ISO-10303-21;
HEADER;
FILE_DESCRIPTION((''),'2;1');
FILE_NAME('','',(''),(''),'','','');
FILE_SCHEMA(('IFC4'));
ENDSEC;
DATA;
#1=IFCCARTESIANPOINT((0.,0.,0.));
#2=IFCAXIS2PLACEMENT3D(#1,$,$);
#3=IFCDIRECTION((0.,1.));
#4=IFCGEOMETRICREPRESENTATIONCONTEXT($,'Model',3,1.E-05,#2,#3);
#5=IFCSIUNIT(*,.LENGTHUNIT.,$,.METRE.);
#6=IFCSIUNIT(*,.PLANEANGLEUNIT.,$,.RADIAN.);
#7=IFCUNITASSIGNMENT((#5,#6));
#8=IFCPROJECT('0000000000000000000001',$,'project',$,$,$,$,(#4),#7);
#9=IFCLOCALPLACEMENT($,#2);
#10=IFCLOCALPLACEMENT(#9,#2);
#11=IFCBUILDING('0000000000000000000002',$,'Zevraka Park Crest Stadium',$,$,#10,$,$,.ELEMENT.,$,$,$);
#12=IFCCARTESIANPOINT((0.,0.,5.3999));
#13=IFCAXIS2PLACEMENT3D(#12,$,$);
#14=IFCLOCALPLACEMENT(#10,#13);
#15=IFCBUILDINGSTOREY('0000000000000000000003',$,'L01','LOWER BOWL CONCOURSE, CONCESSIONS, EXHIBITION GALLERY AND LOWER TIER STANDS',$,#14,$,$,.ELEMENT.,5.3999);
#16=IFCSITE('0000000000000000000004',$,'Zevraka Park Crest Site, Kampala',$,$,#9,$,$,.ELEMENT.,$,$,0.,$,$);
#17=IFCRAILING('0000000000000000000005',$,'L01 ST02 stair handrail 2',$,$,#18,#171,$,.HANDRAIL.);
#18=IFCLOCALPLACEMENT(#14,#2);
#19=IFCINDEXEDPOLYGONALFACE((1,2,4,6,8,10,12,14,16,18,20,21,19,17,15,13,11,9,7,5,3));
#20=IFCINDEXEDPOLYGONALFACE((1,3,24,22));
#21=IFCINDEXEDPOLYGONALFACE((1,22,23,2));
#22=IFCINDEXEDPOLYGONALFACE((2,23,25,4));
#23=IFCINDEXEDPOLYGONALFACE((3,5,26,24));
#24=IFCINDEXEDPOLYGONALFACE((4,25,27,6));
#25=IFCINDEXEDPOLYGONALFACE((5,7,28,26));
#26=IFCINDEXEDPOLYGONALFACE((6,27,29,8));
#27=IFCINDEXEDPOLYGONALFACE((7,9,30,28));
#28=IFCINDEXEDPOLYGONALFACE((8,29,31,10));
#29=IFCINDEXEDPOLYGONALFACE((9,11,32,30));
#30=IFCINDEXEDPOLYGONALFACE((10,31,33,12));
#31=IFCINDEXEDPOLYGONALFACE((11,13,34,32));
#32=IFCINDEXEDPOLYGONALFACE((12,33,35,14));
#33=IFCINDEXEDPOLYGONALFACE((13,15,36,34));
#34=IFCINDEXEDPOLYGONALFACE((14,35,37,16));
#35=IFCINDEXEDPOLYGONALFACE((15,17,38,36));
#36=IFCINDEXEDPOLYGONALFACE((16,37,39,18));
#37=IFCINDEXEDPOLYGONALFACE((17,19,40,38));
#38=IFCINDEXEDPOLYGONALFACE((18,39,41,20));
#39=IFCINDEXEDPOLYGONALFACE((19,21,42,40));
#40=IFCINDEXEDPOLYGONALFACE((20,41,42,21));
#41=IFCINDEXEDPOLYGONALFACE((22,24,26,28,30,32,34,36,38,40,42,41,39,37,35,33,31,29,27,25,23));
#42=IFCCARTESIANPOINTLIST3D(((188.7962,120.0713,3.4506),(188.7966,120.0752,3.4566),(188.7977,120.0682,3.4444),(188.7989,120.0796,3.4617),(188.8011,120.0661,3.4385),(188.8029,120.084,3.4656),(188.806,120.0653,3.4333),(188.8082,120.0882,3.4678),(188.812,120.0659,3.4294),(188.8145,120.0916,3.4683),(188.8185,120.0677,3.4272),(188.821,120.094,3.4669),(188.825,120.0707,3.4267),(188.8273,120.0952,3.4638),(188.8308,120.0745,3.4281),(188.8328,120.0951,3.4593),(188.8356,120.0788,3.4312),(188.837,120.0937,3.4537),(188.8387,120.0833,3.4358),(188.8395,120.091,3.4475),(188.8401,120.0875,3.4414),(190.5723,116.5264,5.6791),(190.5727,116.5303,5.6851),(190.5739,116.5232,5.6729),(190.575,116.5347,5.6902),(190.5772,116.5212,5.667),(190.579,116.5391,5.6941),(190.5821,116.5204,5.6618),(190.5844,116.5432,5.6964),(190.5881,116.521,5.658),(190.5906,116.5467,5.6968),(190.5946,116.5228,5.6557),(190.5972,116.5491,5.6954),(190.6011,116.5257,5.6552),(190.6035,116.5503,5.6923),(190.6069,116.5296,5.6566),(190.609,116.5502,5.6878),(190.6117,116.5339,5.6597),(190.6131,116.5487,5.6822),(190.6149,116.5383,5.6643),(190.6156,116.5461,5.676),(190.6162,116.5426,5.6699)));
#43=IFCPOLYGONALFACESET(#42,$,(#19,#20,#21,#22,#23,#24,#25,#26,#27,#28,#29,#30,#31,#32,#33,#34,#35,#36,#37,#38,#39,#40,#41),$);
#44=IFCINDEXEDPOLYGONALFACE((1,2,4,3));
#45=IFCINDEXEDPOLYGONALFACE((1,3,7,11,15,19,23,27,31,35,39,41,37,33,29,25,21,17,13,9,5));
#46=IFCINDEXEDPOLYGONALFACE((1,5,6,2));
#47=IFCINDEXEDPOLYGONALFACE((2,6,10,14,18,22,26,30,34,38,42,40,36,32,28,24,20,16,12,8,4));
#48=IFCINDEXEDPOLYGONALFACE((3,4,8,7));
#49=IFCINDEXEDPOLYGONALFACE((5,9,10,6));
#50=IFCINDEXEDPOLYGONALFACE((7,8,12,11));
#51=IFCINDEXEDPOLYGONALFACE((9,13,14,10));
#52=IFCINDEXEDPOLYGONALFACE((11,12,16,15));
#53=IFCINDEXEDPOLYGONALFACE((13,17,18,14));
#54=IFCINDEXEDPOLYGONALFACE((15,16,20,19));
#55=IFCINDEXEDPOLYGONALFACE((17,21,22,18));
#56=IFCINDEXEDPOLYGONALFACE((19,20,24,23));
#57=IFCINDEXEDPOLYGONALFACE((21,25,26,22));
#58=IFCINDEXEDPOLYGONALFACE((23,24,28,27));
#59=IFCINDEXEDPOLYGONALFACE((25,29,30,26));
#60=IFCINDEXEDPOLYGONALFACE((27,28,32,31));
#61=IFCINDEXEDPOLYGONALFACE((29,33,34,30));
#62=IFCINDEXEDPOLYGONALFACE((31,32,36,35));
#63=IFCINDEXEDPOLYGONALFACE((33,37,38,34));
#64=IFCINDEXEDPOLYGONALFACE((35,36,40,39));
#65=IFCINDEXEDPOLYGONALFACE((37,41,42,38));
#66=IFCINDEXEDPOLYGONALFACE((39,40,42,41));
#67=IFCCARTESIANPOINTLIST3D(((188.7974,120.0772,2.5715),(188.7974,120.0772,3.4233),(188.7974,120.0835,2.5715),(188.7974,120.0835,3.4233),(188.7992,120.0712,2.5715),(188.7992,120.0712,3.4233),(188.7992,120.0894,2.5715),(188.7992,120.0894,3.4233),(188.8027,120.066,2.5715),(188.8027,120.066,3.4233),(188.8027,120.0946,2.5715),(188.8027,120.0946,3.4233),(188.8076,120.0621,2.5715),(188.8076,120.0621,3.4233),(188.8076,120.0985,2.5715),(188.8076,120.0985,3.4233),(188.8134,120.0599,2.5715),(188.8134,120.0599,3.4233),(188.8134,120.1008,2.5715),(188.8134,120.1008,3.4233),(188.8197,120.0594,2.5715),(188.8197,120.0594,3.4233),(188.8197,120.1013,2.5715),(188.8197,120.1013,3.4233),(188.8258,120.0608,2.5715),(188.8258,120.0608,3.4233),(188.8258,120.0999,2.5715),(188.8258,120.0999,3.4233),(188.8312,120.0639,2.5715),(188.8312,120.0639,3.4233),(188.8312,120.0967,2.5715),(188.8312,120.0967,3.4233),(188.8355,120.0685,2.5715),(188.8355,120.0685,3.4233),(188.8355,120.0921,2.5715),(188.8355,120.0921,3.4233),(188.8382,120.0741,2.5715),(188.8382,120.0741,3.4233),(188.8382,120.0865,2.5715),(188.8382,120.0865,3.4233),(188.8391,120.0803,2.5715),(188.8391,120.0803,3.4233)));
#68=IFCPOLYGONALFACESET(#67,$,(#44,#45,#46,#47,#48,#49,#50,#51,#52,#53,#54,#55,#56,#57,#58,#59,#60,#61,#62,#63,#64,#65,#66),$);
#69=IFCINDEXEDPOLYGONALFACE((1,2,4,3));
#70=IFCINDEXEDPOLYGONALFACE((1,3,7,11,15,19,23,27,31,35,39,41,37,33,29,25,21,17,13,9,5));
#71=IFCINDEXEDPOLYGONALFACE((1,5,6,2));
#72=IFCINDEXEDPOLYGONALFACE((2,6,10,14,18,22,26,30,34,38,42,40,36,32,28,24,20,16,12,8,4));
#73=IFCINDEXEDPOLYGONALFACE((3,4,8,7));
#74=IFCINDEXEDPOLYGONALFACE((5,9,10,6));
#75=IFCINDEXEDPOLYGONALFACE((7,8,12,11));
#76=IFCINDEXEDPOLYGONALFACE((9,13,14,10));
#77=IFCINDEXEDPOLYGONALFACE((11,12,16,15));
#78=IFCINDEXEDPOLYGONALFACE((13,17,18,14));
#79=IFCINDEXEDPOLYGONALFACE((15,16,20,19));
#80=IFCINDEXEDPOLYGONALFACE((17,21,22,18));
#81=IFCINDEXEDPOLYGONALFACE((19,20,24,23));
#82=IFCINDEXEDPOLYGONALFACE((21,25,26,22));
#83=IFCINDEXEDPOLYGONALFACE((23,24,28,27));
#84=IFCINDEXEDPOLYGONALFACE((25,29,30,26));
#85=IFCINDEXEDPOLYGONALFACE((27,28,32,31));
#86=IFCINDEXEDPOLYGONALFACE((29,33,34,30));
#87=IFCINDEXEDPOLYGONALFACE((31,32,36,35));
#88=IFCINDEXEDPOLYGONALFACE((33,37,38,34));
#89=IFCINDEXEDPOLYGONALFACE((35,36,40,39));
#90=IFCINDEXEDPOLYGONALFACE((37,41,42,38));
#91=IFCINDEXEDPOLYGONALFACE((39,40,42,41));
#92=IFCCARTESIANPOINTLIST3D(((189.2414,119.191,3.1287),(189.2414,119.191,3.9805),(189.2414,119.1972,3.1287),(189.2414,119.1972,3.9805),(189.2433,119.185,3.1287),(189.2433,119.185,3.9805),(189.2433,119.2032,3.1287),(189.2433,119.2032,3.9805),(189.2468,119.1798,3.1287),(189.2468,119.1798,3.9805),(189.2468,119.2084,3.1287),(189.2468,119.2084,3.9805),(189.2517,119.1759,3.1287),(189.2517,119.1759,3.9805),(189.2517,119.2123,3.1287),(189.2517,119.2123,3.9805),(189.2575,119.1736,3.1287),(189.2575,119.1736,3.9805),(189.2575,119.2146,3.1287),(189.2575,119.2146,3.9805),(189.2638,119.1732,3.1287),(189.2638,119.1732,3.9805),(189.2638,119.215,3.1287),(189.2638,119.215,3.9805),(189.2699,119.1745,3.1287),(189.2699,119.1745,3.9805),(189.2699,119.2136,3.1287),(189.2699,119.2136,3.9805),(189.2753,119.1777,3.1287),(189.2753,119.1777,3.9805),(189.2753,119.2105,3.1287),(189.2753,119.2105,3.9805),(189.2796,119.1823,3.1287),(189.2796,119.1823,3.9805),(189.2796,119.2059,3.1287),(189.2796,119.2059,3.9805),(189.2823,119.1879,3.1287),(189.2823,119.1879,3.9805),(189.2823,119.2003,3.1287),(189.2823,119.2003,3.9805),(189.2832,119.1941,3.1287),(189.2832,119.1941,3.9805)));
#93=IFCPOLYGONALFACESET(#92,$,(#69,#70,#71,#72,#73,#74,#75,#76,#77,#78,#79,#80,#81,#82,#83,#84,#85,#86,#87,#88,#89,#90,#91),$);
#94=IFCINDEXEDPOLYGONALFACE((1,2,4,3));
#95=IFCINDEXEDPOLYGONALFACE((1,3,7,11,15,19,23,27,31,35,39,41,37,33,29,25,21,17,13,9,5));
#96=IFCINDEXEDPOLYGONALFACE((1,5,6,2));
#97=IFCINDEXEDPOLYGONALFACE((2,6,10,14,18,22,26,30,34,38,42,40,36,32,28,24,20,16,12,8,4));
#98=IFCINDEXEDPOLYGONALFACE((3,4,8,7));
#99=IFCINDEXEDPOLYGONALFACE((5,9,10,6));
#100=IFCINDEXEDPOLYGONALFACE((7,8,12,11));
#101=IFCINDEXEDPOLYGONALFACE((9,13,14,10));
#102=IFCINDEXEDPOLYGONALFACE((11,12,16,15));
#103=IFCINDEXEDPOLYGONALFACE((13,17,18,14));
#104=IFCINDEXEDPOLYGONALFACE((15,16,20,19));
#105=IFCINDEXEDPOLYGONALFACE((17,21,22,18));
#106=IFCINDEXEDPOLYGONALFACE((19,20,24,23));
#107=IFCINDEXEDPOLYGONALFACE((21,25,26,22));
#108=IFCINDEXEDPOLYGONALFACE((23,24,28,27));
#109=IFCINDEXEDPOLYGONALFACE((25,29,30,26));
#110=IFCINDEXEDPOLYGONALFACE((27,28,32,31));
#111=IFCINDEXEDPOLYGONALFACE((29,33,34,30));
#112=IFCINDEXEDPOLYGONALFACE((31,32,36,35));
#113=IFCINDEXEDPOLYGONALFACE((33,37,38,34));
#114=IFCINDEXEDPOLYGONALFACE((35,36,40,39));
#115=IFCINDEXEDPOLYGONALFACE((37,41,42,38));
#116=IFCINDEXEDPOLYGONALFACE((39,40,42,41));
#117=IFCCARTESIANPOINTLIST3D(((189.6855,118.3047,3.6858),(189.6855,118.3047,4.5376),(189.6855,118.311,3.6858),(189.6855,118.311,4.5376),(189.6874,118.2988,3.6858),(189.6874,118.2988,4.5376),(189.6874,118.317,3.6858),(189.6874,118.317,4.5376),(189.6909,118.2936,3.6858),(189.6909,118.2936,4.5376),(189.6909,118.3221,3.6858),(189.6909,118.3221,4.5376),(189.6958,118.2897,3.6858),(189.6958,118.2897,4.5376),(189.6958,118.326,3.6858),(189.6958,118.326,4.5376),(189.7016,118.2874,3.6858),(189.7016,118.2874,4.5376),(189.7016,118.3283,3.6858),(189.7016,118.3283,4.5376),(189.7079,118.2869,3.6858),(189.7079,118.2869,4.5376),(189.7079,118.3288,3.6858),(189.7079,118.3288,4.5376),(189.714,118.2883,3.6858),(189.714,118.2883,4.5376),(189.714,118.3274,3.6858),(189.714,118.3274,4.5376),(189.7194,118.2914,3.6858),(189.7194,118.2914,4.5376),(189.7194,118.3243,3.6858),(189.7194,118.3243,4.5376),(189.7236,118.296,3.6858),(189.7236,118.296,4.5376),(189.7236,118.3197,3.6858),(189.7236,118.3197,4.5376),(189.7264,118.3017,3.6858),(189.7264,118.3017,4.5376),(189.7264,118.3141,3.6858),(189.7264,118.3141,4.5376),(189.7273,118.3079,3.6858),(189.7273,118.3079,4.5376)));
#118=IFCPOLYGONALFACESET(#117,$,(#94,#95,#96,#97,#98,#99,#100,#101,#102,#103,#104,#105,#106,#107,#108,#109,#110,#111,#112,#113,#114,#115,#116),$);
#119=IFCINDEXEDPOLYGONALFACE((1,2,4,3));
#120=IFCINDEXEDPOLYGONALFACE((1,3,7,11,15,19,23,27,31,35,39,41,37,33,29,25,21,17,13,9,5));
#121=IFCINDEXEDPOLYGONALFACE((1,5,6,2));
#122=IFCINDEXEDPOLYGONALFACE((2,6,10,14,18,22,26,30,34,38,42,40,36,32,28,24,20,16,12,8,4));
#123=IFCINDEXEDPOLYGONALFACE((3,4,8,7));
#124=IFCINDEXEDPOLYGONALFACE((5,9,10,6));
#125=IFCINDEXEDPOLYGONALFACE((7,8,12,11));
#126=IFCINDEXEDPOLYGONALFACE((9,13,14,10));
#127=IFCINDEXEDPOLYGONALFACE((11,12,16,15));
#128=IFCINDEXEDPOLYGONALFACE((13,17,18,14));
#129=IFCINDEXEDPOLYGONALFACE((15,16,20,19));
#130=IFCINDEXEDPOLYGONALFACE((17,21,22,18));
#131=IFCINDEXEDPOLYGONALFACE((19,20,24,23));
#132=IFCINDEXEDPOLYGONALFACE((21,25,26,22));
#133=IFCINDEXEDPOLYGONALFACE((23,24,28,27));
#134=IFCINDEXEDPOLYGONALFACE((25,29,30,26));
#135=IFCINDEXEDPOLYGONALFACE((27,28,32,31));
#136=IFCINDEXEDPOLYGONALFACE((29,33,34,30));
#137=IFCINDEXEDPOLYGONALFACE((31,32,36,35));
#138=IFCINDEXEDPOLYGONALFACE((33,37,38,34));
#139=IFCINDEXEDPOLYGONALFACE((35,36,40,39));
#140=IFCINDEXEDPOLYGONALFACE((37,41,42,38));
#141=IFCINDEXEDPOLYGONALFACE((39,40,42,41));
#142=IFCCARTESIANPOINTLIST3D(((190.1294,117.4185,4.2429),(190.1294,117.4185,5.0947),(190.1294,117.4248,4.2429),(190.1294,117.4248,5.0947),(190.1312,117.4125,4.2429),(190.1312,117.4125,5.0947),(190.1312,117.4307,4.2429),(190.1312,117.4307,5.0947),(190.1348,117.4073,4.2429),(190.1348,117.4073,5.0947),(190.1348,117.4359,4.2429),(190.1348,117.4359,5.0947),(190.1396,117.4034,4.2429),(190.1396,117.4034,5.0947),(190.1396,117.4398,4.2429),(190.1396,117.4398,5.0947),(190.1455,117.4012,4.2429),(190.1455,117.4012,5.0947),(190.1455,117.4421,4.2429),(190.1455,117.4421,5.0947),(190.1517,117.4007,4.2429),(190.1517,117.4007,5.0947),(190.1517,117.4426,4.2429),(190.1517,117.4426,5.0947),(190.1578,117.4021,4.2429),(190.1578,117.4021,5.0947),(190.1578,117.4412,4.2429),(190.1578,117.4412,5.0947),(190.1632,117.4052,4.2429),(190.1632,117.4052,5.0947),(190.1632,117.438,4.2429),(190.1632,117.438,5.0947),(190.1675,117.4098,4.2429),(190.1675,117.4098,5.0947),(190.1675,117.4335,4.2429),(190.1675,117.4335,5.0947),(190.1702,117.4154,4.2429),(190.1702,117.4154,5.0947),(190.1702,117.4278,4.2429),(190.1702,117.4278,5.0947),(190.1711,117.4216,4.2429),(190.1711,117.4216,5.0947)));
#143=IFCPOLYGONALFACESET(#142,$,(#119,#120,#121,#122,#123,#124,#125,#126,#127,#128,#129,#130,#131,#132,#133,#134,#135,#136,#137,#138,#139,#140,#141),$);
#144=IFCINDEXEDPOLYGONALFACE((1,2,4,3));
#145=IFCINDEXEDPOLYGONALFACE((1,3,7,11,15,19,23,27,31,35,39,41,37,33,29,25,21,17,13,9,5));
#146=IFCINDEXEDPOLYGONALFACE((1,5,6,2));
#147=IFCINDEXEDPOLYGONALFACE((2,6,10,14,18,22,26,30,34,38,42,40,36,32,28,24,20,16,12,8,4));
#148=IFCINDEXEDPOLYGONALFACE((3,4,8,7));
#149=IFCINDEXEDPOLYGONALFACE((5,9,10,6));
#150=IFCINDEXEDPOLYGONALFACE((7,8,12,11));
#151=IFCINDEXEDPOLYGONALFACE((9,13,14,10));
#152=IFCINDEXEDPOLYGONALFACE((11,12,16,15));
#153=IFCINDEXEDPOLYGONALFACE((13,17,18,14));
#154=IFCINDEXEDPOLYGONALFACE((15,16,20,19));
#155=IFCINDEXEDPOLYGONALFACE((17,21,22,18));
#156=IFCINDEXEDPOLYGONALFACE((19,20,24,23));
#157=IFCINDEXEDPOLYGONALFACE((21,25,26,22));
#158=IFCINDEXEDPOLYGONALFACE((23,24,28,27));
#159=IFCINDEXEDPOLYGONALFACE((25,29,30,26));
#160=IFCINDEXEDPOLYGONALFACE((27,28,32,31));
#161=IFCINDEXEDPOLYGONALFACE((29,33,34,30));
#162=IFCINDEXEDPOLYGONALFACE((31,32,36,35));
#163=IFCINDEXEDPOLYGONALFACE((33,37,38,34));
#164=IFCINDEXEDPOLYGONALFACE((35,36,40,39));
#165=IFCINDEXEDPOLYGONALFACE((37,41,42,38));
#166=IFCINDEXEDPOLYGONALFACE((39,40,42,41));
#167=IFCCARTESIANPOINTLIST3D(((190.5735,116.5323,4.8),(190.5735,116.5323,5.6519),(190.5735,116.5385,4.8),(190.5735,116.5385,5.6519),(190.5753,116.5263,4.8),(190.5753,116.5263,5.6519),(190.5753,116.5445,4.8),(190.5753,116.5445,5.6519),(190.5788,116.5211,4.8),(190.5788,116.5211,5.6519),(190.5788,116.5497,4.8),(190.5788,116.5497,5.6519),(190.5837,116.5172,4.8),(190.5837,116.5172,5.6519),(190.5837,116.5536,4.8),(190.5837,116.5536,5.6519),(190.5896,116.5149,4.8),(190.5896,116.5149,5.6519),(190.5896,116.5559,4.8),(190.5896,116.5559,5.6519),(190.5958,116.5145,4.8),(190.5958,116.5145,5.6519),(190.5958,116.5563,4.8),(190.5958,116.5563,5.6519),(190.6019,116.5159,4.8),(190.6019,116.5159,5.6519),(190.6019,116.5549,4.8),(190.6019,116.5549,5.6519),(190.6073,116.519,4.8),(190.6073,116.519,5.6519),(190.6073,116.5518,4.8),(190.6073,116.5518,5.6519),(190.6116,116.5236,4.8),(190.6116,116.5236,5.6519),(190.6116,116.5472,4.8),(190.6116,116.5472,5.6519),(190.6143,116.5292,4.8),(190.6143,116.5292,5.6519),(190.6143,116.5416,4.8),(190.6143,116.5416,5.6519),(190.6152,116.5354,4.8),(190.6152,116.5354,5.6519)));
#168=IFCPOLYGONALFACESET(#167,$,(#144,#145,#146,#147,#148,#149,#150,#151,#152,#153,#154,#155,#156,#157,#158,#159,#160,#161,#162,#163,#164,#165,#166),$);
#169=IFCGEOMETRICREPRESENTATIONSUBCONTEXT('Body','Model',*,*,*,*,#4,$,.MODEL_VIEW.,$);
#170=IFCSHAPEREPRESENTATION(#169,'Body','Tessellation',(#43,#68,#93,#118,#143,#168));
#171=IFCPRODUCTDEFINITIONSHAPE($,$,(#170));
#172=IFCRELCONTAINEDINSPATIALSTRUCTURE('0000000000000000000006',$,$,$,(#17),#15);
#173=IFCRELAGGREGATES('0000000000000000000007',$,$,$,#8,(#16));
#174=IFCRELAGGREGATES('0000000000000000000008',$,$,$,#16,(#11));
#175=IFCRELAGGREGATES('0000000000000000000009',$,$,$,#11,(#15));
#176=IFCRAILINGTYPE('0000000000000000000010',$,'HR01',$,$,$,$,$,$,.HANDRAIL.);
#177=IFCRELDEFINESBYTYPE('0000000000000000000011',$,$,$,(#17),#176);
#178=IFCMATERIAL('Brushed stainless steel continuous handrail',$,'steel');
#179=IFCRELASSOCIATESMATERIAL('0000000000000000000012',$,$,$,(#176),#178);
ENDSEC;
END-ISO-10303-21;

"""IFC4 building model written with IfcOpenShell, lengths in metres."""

from ifc_helpers import new_model, si_unit, direction, frame, origin, origin_2d, place, context, subcontext, project, spatial, circle, extrude, material, type_object, element, save


model = new_model("IFC4")

# Units and contexts
model_context = context("Model", 3, precision=1e-05, world=origin(), true_north=direction((0.0, 1.0)))
body_context = subcontext(model_context, "Body", "Model", "MODEL_VIEW")
ifc_project = project(units=[si_unit("LENGTHUNIT", "METRE"), si_unit("PLANEANGLEUNIT", "RADIAN")], contexts=[model_context])

# Site, building, storey
site_placement = place(None, origin())
site = spatial("IfcSite", under=ifc_project, at=site_placement, Name="Zevraka Park Crest Site, Kampala", CompositionType="ELEMENT", RefElevation=0.0)
building_placement = place(site_placement, origin())
building = spatial("IfcBuilding", under=site, at=building_placement, Name="Zevraka Park Crest Stadium", CompositionType="ELEMENT")
storey_placement = place(building_placement, frame((0.0, 0.0, 5.3999)))
storey = spatial("IfcBuildingStorey", under=building, at=storey_placement, Name="L01", Description="LOWER BOWL CONCOURSE, CONCESSIONS, EXHIBITION GALLERY AND LOWER TIER STANDS", CompositionType="ELEMENT", Elevation=5.3999)

# Railing
ifc_material_1 = material(Name="Brushed stainless steel continuous handrail", Category="steel")
railing_type_1 = type_object("IfcRailingType", Name="HR01", PredefinedType="HANDRAIL", material=ifc_material_1)
railing_1_placement = place(storey_placement, frame((188.8181, 120.0803, 2.5715)))
element("IfcRailing", 1, at=railing_1_placement, inside=storey, type_object=railing_type_1, Name="L01 ST02 stair handrail 2", PredefinedType="HANDRAIL", context=body_context, shape_type="SweptSolid", body=[
    extrude(circle(Radius=0.0239, at=origin_2d()), frame((0.0, 0.0, 0.876), z_axis=(0.390499, -0.779389, 0.489963), x_axis=(0.894057, 0.447952, 0.0)), (0.0, 0.0, 1.0), 4.5483),
    extrude(circle(Radius=0.021, at=origin_2d()), origin(), (0.0, 0.0, 1.0), 0.8518),
    extrude(circle(Radius=0.021, at=origin_2d()), frame((0.4441, -0.8862, 0.5571)), (0.0, 0.0, 1.0), 0.8518),
    extrude(circle(Radius=0.021, at=origin_2d()), frame((0.8882, -1.7725, 1.1143)), (0.0, 0.0, 1.0), 0.8518),
    extrude(circle(Radius=0.021, at=origin_2d()), frame((1.332, -2.6587, 1.6714)), (0.0, 0.0, 1.0), 0.8518),
    extrude(circle(Radius=0.021, at=origin_2d()), frame((1.7761, -3.5449, 2.2285)), (0.0, 0.0, 1.0), 0.8518),
])

save(model, "model.ifc")
